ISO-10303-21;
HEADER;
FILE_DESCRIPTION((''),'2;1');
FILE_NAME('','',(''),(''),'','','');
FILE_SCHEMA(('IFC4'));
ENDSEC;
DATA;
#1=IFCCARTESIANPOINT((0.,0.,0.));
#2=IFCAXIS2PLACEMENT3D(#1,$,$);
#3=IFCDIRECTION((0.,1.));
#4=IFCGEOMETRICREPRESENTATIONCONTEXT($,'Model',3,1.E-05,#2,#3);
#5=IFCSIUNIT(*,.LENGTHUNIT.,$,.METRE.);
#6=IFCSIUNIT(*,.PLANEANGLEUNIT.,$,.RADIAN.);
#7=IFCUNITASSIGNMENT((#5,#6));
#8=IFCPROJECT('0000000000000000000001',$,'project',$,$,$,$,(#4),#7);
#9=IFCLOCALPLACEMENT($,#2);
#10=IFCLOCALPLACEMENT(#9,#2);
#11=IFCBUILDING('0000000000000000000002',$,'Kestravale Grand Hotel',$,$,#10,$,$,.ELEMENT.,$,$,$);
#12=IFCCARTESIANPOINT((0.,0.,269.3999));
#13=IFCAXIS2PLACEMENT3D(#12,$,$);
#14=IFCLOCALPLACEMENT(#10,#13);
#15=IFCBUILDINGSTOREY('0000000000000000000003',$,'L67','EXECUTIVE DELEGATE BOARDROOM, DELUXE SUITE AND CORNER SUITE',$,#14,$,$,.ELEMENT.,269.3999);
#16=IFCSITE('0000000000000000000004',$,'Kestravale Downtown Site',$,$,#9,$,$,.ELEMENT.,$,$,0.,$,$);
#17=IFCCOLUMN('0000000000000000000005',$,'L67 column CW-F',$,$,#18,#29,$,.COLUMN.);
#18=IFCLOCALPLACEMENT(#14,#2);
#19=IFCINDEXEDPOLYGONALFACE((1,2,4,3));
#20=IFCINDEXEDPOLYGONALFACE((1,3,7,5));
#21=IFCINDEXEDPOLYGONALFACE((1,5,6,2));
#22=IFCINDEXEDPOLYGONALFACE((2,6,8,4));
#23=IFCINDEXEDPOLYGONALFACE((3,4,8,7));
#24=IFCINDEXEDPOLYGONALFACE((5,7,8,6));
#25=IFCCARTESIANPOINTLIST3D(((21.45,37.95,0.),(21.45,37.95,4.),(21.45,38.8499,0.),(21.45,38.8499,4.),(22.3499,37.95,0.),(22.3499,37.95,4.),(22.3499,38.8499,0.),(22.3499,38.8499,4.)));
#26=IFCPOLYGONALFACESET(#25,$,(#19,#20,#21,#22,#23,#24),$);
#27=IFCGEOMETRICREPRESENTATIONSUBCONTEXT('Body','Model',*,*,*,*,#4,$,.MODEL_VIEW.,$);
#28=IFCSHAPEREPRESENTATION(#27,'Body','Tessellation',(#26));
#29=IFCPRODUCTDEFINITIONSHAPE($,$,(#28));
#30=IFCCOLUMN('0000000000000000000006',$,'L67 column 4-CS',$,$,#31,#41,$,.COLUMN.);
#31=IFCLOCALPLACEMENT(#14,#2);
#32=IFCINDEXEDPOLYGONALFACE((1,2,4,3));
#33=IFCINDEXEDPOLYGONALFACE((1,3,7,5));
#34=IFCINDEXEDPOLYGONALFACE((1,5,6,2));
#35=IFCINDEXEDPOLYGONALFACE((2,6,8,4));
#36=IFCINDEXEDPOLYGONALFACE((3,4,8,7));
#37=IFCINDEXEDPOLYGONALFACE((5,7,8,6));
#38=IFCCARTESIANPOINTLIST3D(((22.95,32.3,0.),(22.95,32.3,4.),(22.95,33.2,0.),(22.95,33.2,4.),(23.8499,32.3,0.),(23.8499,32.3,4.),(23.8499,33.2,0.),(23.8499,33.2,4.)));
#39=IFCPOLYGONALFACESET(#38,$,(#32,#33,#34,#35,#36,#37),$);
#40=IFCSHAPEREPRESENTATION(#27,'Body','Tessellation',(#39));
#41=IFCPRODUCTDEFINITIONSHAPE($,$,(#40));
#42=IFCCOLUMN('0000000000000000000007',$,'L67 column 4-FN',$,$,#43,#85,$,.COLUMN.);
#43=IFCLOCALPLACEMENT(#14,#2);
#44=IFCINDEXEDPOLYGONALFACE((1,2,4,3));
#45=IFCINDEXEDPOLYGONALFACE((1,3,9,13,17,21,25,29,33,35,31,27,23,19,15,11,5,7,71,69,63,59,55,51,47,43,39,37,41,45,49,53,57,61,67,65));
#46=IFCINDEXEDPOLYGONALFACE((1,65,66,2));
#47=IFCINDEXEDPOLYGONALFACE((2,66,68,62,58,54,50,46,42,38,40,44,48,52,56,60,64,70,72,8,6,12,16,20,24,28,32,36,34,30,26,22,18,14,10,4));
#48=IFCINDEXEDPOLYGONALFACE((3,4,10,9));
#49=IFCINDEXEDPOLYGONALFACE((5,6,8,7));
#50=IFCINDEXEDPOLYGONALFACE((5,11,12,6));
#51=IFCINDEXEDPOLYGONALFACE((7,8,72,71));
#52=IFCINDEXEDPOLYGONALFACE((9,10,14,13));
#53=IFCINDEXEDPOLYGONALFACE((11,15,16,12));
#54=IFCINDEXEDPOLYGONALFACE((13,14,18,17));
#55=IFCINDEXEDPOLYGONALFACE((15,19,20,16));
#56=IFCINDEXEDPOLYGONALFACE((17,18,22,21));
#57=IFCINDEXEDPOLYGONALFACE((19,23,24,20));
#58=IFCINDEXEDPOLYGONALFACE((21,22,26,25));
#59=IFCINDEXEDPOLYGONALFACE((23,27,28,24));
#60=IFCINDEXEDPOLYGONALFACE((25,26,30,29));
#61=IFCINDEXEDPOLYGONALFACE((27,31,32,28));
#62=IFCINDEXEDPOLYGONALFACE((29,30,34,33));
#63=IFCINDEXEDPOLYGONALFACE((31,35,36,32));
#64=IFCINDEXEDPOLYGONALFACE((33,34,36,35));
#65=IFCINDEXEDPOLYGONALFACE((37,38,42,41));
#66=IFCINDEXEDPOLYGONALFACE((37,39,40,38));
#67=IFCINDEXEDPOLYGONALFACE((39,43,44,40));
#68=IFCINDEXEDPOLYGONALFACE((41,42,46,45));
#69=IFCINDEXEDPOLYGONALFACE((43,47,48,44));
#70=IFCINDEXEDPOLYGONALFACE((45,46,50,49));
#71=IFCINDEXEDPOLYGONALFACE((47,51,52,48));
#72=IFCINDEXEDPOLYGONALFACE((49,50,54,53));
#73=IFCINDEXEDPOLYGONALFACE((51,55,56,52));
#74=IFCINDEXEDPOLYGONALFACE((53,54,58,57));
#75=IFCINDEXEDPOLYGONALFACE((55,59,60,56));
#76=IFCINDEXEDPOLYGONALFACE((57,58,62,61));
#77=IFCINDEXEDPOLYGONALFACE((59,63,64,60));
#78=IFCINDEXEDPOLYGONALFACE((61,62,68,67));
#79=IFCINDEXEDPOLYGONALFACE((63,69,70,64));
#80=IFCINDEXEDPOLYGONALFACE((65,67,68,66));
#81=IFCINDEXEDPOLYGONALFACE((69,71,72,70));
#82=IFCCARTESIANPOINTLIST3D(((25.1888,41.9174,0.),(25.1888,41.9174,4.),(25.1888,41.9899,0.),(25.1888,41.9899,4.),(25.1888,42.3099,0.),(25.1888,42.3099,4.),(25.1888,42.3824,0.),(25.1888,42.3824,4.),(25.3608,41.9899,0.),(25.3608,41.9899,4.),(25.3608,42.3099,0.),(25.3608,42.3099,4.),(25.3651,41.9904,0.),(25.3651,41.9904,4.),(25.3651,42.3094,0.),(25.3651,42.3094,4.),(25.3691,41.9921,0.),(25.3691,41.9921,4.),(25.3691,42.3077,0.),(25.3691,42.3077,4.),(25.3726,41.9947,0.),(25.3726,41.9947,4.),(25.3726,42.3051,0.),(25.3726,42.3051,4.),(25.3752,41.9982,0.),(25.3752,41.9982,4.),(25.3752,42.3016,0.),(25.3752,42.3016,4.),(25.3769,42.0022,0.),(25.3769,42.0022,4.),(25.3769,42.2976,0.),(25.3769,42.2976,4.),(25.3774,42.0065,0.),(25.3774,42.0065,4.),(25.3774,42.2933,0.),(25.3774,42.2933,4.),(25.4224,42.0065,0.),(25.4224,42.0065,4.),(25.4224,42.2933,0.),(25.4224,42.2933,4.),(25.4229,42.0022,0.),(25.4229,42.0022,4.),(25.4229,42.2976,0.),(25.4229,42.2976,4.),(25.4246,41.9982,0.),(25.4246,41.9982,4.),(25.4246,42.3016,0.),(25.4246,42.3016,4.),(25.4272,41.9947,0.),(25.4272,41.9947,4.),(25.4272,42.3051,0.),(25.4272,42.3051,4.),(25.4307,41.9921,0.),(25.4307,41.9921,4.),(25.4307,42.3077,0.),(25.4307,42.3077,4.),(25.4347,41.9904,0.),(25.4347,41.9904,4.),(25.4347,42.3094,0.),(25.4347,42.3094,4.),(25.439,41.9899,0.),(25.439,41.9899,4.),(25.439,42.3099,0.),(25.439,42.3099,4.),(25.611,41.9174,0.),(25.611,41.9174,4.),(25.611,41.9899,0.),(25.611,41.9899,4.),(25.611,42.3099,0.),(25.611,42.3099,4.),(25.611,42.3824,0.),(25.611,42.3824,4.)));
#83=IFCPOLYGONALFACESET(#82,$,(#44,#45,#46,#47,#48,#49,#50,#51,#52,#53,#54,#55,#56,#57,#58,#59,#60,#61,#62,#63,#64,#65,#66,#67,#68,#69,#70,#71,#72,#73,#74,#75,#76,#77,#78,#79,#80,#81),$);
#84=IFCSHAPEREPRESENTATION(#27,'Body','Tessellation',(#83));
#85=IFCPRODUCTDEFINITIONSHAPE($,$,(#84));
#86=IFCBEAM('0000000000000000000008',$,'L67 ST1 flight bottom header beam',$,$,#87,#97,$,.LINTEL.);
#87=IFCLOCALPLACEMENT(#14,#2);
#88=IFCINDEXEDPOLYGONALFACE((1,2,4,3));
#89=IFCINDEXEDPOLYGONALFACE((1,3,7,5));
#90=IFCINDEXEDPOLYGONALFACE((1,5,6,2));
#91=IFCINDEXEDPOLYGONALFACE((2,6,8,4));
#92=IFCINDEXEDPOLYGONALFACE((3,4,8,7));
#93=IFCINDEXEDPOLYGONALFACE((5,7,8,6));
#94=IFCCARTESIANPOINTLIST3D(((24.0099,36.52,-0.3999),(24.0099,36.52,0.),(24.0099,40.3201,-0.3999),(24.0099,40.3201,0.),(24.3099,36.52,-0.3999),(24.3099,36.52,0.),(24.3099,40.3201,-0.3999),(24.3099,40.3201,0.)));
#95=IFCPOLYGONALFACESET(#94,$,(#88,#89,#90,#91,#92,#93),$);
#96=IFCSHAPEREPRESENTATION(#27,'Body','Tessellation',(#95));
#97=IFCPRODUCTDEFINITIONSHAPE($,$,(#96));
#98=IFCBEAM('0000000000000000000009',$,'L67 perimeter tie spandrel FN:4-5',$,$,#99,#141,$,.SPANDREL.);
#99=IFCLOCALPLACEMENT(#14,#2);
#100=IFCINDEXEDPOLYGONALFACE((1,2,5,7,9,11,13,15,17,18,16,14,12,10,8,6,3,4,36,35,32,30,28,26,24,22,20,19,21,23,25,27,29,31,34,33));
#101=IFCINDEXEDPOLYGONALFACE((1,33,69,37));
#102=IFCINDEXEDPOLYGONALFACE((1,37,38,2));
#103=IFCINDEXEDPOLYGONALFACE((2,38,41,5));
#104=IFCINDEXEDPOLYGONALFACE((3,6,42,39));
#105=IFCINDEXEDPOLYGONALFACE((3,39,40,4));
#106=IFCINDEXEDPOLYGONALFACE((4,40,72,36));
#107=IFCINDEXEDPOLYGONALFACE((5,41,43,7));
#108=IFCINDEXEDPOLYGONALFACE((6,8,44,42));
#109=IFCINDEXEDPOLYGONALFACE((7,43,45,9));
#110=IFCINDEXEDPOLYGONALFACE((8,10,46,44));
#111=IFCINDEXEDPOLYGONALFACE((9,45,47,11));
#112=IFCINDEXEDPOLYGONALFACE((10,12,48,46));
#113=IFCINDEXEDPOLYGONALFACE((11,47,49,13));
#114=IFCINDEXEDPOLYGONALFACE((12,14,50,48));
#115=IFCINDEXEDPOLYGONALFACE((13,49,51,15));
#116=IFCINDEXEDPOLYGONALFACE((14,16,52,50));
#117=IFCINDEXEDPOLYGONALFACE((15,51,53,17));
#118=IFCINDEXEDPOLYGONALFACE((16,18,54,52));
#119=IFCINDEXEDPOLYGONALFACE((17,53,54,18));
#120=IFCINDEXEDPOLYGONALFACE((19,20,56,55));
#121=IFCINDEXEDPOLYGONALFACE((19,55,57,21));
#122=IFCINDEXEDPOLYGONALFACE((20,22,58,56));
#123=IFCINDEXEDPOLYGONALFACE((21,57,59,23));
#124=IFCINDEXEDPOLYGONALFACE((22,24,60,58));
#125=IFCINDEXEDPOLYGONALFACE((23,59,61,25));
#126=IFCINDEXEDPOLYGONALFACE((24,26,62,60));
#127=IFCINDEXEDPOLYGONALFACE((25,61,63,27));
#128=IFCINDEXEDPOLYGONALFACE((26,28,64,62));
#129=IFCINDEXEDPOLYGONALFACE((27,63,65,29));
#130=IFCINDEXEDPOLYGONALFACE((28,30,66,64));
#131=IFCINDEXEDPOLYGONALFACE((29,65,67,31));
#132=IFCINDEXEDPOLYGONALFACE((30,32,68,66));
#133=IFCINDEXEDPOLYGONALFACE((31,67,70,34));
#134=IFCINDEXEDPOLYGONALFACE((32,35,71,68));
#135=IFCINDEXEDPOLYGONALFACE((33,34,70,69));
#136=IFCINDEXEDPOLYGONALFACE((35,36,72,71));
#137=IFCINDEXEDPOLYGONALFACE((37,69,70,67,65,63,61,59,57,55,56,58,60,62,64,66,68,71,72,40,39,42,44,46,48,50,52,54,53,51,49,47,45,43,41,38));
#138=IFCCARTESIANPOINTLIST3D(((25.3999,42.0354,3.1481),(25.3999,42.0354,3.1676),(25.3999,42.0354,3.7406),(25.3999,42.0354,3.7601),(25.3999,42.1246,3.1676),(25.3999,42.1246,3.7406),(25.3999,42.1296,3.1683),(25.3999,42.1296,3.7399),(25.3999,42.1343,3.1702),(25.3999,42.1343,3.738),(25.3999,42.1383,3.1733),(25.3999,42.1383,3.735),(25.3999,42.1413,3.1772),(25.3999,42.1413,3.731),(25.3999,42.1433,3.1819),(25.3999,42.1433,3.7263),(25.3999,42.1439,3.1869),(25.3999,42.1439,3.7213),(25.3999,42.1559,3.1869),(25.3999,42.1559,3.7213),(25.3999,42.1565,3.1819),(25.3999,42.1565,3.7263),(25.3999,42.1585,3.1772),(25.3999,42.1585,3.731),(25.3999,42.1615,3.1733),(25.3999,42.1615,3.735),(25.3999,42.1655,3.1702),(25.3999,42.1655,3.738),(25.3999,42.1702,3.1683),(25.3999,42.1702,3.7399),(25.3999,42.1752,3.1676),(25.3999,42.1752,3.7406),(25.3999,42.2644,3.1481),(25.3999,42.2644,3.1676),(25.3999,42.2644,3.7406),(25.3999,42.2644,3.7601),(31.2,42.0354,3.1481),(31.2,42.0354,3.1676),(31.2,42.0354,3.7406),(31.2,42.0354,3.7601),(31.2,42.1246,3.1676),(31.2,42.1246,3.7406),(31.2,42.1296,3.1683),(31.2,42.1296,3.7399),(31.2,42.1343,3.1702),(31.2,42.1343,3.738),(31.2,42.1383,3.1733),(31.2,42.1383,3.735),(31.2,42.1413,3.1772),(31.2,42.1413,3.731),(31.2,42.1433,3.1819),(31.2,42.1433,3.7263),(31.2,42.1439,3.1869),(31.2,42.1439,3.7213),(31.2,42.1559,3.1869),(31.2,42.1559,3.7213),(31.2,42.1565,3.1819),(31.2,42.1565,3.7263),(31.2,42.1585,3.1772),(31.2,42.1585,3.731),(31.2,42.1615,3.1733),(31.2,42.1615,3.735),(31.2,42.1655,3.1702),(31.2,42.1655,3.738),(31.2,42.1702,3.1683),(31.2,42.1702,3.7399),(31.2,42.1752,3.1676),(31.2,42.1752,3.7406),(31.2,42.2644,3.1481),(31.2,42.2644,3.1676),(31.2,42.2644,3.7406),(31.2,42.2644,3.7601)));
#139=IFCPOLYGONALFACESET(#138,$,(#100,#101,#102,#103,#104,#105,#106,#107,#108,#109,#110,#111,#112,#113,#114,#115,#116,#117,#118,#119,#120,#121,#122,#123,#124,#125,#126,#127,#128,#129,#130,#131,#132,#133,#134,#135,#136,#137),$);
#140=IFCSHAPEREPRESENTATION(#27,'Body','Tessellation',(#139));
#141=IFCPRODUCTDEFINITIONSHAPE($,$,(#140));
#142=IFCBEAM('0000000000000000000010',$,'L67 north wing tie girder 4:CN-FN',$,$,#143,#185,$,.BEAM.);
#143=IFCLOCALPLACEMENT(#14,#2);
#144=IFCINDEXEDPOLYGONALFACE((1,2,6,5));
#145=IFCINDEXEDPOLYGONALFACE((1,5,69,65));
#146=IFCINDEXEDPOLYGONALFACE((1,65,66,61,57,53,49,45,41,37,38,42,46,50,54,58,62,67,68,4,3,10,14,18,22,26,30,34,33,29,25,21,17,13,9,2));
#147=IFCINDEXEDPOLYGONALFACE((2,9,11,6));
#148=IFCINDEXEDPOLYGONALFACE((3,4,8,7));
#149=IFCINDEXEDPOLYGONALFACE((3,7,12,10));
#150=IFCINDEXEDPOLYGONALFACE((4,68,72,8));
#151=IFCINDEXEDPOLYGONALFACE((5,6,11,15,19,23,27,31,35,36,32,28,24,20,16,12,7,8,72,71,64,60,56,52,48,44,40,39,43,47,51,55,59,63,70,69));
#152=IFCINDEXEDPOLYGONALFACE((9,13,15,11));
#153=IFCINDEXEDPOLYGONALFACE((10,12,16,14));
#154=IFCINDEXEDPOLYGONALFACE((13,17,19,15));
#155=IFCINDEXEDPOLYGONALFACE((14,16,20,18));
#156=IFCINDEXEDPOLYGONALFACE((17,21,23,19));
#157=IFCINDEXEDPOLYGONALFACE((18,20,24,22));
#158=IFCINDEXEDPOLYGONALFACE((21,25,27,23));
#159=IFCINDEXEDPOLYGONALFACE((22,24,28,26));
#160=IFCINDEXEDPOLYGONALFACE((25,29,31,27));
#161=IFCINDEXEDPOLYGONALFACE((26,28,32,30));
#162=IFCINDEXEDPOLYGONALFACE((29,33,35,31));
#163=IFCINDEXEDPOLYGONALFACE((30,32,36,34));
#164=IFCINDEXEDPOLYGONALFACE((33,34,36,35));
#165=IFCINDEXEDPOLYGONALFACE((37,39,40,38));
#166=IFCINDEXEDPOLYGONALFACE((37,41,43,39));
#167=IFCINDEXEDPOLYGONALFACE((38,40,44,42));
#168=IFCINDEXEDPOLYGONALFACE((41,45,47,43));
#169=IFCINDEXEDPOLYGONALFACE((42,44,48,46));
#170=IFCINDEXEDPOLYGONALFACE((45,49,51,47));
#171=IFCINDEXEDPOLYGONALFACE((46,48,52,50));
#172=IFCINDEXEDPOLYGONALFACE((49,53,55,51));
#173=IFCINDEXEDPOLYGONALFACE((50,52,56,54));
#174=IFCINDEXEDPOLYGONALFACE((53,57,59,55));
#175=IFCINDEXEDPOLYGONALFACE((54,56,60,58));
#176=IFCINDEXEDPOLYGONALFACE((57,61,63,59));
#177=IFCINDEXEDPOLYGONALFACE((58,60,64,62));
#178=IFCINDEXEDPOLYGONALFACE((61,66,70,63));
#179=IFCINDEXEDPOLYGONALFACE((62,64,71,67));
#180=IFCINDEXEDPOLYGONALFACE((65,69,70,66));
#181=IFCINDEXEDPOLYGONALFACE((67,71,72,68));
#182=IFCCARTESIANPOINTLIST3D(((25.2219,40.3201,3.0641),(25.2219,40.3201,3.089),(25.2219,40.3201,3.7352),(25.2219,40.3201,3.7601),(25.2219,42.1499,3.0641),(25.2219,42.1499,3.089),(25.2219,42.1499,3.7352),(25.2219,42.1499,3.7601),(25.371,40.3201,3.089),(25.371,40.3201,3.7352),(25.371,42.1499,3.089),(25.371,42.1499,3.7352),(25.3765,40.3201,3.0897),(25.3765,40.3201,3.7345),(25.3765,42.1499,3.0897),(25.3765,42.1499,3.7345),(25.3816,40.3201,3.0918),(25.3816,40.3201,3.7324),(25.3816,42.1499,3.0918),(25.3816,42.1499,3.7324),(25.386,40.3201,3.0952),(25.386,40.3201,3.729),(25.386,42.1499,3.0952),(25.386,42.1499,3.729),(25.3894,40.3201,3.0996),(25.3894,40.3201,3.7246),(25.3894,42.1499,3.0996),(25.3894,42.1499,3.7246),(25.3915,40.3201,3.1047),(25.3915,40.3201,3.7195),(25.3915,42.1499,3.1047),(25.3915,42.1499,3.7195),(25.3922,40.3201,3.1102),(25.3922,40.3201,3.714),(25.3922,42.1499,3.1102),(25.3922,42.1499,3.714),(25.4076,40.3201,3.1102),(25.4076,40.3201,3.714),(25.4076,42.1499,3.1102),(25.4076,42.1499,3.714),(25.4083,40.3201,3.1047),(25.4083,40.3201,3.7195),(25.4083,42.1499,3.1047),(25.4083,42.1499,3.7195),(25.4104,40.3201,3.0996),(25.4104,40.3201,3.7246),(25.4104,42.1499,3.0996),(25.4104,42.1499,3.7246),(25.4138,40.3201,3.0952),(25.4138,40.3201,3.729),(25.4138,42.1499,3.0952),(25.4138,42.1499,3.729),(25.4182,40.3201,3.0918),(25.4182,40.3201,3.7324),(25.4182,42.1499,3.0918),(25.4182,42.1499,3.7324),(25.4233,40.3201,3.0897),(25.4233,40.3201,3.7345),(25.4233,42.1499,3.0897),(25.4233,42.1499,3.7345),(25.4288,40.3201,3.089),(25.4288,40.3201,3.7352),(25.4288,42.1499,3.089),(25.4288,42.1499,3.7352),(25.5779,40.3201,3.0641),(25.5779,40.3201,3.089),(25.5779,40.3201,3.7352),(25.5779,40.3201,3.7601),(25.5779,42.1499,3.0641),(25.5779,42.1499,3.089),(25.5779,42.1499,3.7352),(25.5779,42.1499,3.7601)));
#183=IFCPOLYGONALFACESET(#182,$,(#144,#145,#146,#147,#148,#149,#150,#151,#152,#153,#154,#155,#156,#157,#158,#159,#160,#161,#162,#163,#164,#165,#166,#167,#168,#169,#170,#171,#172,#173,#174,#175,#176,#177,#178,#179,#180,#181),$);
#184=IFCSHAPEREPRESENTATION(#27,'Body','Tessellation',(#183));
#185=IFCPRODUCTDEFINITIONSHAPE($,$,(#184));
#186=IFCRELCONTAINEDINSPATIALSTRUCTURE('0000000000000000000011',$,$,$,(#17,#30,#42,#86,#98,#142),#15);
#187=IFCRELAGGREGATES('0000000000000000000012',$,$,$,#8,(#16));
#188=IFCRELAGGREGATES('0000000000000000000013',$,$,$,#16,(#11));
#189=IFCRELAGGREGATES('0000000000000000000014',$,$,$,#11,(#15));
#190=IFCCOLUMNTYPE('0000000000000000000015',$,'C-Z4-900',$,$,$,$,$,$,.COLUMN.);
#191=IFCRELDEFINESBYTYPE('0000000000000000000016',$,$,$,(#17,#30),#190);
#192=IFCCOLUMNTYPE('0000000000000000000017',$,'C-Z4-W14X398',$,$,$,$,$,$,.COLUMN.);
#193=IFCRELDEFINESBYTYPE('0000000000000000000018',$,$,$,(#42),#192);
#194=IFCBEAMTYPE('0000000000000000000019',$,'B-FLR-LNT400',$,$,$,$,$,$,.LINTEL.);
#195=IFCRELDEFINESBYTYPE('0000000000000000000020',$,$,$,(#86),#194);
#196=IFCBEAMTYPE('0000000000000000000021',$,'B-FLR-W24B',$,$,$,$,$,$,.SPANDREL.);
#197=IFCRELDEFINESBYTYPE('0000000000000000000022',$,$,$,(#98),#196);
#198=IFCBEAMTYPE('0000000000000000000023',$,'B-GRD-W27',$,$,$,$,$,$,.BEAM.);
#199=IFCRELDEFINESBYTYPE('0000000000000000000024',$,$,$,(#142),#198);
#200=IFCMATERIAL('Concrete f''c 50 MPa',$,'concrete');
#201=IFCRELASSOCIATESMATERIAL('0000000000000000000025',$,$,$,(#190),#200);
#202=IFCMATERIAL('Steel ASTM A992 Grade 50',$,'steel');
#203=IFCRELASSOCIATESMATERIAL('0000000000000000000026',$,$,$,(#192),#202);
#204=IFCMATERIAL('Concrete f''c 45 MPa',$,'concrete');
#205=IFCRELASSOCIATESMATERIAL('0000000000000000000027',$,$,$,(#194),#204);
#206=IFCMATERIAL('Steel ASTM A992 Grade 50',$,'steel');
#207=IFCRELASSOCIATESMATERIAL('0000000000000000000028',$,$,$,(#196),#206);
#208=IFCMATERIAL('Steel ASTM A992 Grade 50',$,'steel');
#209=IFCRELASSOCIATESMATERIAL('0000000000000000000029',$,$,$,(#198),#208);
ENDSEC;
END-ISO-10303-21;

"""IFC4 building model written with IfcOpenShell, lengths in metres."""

from ifc_helpers import new_model, si_unit, direction, frame, origin, origin_2d, place, context, subcontext, project, spatial, rectangle, i_section, extrude, material, material_profile, profile_set, type_object, element, save


model = new_model("IFC4")

# Units and contexts
model_context = context("Model", 3, precision=1e-05, world=origin(), true_north=direction((0.0, 1.0)))
body_context = subcontext(model_context, "Body", "Model", "MODEL_VIEW")
ifc_project = project(units=[si_unit("LENGTHUNIT", "METRE"), si_unit("PLANEANGLEUNIT", "RADIAN")], contexts=[model_context])

# Site, building, storey
site_placement = place(None, origin())
site = spatial("IfcSite", under=ifc_project, at=site_placement, Name="Kestravale Downtown Site", CompositionType="ELEMENT", RefElevation=0.0)
building_placement = place(site_placement, origin())
building = spatial("IfcBuilding", under=site, at=building_placement, Name="Kestravale Grand Hotel", CompositionType="ELEMENT")
storey_placement = place(building_placement, frame((0.0, 0.0, 269.3999)))
storey = spatial("IfcBuildingStorey", under=building, at=storey_placement, Name="L67", Description="EXECUTIVE DELEGATE BOARDROOM, DELUXE SUITE AND CORNER SUITE", CompositionType="ELEMENT", Elevation=269.3999)

# Columns
ifc_material_1 = material(Name="Concrete f'c 50 MPa", Category="concrete")
ifc_material_profile_1 = material_profile(ifc_material_1, rectangle(XDim=0.8999, YDim=0.8999, at=origin_2d()))
ifc_profile_set_1 = profile_set([ifc_material_profile_1], Name="Concrete f'c 50 MPa")
column_type_1 = type_object("IfcColumnType", Name="C-Z4-900", PredefinedType="COLUMN", material=ifc_profile_set_1)
for number, where, z_axis, x_axis, name in (
    (1, (21.8999, 38.3999, 0.0), (0.0, 0.0, 1.0), (1.0, 0.0, 0.0), "L67 column CW-F"),
    (2, (23.3999, 32.75, 0.0), (0.0, 0.0, 1.0), (1.0, 0.0, 0.0), "L67 column 4-CS"),
):
    element("IfcColumn", number, at=place(storey_placement, frame(where, z_axis=z_axis, x_axis=x_axis)), inside=storey, type_object=column_type_1, Name=name, PredefinedType="COLUMN", context=body_context, shape_type="SweptSolid", body=[
        extrude(rectangle(XDim=0.8999, YDim=0.8999, at=origin_2d()), origin(), (0.0, 0.0, 1.0), 4.0),
    ])
ifc_material_2 = material(Name="Steel ASTM A992 Grade 50", Category="steel")
ifc_material_profile_2 = material_profile(ifc_material_2, i_section(OverallWidth=0.4221, OverallDepth=0.4651, WebThickness=0.0449, FlangeThickness=0.0725, FilletRadius=0.0166, at=origin_2d()))
ifc_profile_set_2 = profile_set([ifc_material_profile_2], Name="Steel ASTM A992 Grade 50")
column_type_2 = type_object("IfcColumnType", Name="C-Z4-W14X398", PredefinedType="COLUMN", material=ifc_profile_set_2)
column_placement = place(storey_placement, frame((25.3999, 42.1499, 0.0), z_axis=(0.0, 0.0, 1.0), x_axis=(1.0, 0.0, 0.0)))
element("IfcColumn", 3, at=column_placement, inside=storey, type_object=column_type_2, Name="L67 column 4-FN", PredefinedType="COLUMN", context=body_context, shape_type="SweptSolid", body=[
    extrude(i_section(OverallWidth=0.4221, OverallDepth=0.4651, WebThickness=0.0449, FlangeThickness=0.0725, FilletRadius=0.0166, at=origin_2d()), origin(), (0.0, 0.0, 1.0), 4.0),
])

# Beams
ifc_material_3 = material(Name="Concrete f'c 45 MPa", Category="concrete")
ifc_material_profile_3 = material_profile(ifc_material_3, rectangle(XDim=0.3, YDim=0.3999, at=origin_2d()))
ifc_profile_set_3 = profile_set([ifc_material_profile_3], Name="Concrete f'c 45 MPa")
beam_type_1 = type_object("IfcBeamType", Name="B-FLR-LNT400", PredefinedType="LINTEL", material=ifc_profile_set_3)
beam_1_placement = place(storey_placement, frame((24.1599, 36.52, -0.2), z_axis=(0.0, 1.0, 0.0), x_axis=(-1.0, 0.0, 0.0)))
element("IfcBeam", 4, at=beam_1_placement, inside=storey, type_object=beam_type_1, Name="L67 ST1 flight bottom header beam", PredefinedType="LINTEL", context=body_context, shape_type="SweptSolid", body=[
    extrude(rectangle(XDim=0.3, YDim=0.3999, at=origin_2d()), origin(), (0.0, 0.0, 1.0), 3.8),
])
ifc_material_4 = material(Name="Steel ASTM A992 Grade 50", Category="steel")
ifc_material_profile_4 = material_profile(ifc_material_4, i_section(OverallWidth=0.229, OverallDepth=0.6121, WebThickness=0.012, FlangeThickness=0.0195, FilletRadius=0.0193, at=origin_2d()))
ifc_profile_set_4 = profile_set([ifc_material_profile_4], Name="Steel ASTM A992 Grade 50")
beam_type_2 = type_object("IfcBeamType", Name="B-FLR-W24B", PredefinedType="SPANDREL", material=ifc_profile_set_4)
beam_2_placement = place(storey_placement, frame((25.3999, 42.1499, 3.4541), z_axis=(1.0, 0.0, 0.0), x_axis=(0.0, 1.0, 0.0)))
element("IfcBeam", 5, at=beam_2_placement, inside=storey, type_object=beam_type_2, Name="L67 perimeter tie spandrel FN:4-5", PredefinedType="SPANDREL", context=body_context, shape_type="SweptSolid", body=[
    extrude(i_section(OverallWidth=0.229, OverallDepth=0.6121, WebThickness=0.012, FlangeThickness=0.0195, FilletRadius=0.0193, at=origin_2d()), origin(), (0.0, 0.0, 1.0), 5.8),
])
ifc_material_5 = material(Name="Steel ASTM A992 Grade 50", Category="steel")
ifc_material_profile_5 = material_profile(ifc_material_5, i_section(OverallWidth=0.356, OverallDepth=0.696, WebThickness=0.0154, FlangeThickness=0.0249, FilletRadius=0.0212, at=origin_2d()))
ifc_profile_set_5 = profile_set([ifc_material_profile_5], Name="Steel ASTM A992 Grade 50")
beam_type_3 = type_object("IfcBeamType", Name="B-GRD-W27", PredefinedType="BEAM", material=ifc_profile_set_5)
beam_3_placement = place(storey_placement, frame((25.3999, 40.3201, 3.4121), z_axis=(0.0, 1.0, 0.0), x_axis=(-1.0, 0.0, 0.0)))
element("IfcBeam", 6, at=beam_3_placement, inside=storey, type_object=beam_type_3, Name="L67 north wing tie girder 4:CN-FN", PredefinedType="BEAM", context=body_context, shape_type="SweptSolid", body=[
    extrude(i_section(OverallWidth=0.356, OverallDepth=0.696, WebThickness=0.0154, FlangeThickness=0.0249, FilletRadius=0.0212, at=origin_2d()), origin(), (0.0, 0.0, 1.0), 1.8298),
])

save(model, "model.ifc")
